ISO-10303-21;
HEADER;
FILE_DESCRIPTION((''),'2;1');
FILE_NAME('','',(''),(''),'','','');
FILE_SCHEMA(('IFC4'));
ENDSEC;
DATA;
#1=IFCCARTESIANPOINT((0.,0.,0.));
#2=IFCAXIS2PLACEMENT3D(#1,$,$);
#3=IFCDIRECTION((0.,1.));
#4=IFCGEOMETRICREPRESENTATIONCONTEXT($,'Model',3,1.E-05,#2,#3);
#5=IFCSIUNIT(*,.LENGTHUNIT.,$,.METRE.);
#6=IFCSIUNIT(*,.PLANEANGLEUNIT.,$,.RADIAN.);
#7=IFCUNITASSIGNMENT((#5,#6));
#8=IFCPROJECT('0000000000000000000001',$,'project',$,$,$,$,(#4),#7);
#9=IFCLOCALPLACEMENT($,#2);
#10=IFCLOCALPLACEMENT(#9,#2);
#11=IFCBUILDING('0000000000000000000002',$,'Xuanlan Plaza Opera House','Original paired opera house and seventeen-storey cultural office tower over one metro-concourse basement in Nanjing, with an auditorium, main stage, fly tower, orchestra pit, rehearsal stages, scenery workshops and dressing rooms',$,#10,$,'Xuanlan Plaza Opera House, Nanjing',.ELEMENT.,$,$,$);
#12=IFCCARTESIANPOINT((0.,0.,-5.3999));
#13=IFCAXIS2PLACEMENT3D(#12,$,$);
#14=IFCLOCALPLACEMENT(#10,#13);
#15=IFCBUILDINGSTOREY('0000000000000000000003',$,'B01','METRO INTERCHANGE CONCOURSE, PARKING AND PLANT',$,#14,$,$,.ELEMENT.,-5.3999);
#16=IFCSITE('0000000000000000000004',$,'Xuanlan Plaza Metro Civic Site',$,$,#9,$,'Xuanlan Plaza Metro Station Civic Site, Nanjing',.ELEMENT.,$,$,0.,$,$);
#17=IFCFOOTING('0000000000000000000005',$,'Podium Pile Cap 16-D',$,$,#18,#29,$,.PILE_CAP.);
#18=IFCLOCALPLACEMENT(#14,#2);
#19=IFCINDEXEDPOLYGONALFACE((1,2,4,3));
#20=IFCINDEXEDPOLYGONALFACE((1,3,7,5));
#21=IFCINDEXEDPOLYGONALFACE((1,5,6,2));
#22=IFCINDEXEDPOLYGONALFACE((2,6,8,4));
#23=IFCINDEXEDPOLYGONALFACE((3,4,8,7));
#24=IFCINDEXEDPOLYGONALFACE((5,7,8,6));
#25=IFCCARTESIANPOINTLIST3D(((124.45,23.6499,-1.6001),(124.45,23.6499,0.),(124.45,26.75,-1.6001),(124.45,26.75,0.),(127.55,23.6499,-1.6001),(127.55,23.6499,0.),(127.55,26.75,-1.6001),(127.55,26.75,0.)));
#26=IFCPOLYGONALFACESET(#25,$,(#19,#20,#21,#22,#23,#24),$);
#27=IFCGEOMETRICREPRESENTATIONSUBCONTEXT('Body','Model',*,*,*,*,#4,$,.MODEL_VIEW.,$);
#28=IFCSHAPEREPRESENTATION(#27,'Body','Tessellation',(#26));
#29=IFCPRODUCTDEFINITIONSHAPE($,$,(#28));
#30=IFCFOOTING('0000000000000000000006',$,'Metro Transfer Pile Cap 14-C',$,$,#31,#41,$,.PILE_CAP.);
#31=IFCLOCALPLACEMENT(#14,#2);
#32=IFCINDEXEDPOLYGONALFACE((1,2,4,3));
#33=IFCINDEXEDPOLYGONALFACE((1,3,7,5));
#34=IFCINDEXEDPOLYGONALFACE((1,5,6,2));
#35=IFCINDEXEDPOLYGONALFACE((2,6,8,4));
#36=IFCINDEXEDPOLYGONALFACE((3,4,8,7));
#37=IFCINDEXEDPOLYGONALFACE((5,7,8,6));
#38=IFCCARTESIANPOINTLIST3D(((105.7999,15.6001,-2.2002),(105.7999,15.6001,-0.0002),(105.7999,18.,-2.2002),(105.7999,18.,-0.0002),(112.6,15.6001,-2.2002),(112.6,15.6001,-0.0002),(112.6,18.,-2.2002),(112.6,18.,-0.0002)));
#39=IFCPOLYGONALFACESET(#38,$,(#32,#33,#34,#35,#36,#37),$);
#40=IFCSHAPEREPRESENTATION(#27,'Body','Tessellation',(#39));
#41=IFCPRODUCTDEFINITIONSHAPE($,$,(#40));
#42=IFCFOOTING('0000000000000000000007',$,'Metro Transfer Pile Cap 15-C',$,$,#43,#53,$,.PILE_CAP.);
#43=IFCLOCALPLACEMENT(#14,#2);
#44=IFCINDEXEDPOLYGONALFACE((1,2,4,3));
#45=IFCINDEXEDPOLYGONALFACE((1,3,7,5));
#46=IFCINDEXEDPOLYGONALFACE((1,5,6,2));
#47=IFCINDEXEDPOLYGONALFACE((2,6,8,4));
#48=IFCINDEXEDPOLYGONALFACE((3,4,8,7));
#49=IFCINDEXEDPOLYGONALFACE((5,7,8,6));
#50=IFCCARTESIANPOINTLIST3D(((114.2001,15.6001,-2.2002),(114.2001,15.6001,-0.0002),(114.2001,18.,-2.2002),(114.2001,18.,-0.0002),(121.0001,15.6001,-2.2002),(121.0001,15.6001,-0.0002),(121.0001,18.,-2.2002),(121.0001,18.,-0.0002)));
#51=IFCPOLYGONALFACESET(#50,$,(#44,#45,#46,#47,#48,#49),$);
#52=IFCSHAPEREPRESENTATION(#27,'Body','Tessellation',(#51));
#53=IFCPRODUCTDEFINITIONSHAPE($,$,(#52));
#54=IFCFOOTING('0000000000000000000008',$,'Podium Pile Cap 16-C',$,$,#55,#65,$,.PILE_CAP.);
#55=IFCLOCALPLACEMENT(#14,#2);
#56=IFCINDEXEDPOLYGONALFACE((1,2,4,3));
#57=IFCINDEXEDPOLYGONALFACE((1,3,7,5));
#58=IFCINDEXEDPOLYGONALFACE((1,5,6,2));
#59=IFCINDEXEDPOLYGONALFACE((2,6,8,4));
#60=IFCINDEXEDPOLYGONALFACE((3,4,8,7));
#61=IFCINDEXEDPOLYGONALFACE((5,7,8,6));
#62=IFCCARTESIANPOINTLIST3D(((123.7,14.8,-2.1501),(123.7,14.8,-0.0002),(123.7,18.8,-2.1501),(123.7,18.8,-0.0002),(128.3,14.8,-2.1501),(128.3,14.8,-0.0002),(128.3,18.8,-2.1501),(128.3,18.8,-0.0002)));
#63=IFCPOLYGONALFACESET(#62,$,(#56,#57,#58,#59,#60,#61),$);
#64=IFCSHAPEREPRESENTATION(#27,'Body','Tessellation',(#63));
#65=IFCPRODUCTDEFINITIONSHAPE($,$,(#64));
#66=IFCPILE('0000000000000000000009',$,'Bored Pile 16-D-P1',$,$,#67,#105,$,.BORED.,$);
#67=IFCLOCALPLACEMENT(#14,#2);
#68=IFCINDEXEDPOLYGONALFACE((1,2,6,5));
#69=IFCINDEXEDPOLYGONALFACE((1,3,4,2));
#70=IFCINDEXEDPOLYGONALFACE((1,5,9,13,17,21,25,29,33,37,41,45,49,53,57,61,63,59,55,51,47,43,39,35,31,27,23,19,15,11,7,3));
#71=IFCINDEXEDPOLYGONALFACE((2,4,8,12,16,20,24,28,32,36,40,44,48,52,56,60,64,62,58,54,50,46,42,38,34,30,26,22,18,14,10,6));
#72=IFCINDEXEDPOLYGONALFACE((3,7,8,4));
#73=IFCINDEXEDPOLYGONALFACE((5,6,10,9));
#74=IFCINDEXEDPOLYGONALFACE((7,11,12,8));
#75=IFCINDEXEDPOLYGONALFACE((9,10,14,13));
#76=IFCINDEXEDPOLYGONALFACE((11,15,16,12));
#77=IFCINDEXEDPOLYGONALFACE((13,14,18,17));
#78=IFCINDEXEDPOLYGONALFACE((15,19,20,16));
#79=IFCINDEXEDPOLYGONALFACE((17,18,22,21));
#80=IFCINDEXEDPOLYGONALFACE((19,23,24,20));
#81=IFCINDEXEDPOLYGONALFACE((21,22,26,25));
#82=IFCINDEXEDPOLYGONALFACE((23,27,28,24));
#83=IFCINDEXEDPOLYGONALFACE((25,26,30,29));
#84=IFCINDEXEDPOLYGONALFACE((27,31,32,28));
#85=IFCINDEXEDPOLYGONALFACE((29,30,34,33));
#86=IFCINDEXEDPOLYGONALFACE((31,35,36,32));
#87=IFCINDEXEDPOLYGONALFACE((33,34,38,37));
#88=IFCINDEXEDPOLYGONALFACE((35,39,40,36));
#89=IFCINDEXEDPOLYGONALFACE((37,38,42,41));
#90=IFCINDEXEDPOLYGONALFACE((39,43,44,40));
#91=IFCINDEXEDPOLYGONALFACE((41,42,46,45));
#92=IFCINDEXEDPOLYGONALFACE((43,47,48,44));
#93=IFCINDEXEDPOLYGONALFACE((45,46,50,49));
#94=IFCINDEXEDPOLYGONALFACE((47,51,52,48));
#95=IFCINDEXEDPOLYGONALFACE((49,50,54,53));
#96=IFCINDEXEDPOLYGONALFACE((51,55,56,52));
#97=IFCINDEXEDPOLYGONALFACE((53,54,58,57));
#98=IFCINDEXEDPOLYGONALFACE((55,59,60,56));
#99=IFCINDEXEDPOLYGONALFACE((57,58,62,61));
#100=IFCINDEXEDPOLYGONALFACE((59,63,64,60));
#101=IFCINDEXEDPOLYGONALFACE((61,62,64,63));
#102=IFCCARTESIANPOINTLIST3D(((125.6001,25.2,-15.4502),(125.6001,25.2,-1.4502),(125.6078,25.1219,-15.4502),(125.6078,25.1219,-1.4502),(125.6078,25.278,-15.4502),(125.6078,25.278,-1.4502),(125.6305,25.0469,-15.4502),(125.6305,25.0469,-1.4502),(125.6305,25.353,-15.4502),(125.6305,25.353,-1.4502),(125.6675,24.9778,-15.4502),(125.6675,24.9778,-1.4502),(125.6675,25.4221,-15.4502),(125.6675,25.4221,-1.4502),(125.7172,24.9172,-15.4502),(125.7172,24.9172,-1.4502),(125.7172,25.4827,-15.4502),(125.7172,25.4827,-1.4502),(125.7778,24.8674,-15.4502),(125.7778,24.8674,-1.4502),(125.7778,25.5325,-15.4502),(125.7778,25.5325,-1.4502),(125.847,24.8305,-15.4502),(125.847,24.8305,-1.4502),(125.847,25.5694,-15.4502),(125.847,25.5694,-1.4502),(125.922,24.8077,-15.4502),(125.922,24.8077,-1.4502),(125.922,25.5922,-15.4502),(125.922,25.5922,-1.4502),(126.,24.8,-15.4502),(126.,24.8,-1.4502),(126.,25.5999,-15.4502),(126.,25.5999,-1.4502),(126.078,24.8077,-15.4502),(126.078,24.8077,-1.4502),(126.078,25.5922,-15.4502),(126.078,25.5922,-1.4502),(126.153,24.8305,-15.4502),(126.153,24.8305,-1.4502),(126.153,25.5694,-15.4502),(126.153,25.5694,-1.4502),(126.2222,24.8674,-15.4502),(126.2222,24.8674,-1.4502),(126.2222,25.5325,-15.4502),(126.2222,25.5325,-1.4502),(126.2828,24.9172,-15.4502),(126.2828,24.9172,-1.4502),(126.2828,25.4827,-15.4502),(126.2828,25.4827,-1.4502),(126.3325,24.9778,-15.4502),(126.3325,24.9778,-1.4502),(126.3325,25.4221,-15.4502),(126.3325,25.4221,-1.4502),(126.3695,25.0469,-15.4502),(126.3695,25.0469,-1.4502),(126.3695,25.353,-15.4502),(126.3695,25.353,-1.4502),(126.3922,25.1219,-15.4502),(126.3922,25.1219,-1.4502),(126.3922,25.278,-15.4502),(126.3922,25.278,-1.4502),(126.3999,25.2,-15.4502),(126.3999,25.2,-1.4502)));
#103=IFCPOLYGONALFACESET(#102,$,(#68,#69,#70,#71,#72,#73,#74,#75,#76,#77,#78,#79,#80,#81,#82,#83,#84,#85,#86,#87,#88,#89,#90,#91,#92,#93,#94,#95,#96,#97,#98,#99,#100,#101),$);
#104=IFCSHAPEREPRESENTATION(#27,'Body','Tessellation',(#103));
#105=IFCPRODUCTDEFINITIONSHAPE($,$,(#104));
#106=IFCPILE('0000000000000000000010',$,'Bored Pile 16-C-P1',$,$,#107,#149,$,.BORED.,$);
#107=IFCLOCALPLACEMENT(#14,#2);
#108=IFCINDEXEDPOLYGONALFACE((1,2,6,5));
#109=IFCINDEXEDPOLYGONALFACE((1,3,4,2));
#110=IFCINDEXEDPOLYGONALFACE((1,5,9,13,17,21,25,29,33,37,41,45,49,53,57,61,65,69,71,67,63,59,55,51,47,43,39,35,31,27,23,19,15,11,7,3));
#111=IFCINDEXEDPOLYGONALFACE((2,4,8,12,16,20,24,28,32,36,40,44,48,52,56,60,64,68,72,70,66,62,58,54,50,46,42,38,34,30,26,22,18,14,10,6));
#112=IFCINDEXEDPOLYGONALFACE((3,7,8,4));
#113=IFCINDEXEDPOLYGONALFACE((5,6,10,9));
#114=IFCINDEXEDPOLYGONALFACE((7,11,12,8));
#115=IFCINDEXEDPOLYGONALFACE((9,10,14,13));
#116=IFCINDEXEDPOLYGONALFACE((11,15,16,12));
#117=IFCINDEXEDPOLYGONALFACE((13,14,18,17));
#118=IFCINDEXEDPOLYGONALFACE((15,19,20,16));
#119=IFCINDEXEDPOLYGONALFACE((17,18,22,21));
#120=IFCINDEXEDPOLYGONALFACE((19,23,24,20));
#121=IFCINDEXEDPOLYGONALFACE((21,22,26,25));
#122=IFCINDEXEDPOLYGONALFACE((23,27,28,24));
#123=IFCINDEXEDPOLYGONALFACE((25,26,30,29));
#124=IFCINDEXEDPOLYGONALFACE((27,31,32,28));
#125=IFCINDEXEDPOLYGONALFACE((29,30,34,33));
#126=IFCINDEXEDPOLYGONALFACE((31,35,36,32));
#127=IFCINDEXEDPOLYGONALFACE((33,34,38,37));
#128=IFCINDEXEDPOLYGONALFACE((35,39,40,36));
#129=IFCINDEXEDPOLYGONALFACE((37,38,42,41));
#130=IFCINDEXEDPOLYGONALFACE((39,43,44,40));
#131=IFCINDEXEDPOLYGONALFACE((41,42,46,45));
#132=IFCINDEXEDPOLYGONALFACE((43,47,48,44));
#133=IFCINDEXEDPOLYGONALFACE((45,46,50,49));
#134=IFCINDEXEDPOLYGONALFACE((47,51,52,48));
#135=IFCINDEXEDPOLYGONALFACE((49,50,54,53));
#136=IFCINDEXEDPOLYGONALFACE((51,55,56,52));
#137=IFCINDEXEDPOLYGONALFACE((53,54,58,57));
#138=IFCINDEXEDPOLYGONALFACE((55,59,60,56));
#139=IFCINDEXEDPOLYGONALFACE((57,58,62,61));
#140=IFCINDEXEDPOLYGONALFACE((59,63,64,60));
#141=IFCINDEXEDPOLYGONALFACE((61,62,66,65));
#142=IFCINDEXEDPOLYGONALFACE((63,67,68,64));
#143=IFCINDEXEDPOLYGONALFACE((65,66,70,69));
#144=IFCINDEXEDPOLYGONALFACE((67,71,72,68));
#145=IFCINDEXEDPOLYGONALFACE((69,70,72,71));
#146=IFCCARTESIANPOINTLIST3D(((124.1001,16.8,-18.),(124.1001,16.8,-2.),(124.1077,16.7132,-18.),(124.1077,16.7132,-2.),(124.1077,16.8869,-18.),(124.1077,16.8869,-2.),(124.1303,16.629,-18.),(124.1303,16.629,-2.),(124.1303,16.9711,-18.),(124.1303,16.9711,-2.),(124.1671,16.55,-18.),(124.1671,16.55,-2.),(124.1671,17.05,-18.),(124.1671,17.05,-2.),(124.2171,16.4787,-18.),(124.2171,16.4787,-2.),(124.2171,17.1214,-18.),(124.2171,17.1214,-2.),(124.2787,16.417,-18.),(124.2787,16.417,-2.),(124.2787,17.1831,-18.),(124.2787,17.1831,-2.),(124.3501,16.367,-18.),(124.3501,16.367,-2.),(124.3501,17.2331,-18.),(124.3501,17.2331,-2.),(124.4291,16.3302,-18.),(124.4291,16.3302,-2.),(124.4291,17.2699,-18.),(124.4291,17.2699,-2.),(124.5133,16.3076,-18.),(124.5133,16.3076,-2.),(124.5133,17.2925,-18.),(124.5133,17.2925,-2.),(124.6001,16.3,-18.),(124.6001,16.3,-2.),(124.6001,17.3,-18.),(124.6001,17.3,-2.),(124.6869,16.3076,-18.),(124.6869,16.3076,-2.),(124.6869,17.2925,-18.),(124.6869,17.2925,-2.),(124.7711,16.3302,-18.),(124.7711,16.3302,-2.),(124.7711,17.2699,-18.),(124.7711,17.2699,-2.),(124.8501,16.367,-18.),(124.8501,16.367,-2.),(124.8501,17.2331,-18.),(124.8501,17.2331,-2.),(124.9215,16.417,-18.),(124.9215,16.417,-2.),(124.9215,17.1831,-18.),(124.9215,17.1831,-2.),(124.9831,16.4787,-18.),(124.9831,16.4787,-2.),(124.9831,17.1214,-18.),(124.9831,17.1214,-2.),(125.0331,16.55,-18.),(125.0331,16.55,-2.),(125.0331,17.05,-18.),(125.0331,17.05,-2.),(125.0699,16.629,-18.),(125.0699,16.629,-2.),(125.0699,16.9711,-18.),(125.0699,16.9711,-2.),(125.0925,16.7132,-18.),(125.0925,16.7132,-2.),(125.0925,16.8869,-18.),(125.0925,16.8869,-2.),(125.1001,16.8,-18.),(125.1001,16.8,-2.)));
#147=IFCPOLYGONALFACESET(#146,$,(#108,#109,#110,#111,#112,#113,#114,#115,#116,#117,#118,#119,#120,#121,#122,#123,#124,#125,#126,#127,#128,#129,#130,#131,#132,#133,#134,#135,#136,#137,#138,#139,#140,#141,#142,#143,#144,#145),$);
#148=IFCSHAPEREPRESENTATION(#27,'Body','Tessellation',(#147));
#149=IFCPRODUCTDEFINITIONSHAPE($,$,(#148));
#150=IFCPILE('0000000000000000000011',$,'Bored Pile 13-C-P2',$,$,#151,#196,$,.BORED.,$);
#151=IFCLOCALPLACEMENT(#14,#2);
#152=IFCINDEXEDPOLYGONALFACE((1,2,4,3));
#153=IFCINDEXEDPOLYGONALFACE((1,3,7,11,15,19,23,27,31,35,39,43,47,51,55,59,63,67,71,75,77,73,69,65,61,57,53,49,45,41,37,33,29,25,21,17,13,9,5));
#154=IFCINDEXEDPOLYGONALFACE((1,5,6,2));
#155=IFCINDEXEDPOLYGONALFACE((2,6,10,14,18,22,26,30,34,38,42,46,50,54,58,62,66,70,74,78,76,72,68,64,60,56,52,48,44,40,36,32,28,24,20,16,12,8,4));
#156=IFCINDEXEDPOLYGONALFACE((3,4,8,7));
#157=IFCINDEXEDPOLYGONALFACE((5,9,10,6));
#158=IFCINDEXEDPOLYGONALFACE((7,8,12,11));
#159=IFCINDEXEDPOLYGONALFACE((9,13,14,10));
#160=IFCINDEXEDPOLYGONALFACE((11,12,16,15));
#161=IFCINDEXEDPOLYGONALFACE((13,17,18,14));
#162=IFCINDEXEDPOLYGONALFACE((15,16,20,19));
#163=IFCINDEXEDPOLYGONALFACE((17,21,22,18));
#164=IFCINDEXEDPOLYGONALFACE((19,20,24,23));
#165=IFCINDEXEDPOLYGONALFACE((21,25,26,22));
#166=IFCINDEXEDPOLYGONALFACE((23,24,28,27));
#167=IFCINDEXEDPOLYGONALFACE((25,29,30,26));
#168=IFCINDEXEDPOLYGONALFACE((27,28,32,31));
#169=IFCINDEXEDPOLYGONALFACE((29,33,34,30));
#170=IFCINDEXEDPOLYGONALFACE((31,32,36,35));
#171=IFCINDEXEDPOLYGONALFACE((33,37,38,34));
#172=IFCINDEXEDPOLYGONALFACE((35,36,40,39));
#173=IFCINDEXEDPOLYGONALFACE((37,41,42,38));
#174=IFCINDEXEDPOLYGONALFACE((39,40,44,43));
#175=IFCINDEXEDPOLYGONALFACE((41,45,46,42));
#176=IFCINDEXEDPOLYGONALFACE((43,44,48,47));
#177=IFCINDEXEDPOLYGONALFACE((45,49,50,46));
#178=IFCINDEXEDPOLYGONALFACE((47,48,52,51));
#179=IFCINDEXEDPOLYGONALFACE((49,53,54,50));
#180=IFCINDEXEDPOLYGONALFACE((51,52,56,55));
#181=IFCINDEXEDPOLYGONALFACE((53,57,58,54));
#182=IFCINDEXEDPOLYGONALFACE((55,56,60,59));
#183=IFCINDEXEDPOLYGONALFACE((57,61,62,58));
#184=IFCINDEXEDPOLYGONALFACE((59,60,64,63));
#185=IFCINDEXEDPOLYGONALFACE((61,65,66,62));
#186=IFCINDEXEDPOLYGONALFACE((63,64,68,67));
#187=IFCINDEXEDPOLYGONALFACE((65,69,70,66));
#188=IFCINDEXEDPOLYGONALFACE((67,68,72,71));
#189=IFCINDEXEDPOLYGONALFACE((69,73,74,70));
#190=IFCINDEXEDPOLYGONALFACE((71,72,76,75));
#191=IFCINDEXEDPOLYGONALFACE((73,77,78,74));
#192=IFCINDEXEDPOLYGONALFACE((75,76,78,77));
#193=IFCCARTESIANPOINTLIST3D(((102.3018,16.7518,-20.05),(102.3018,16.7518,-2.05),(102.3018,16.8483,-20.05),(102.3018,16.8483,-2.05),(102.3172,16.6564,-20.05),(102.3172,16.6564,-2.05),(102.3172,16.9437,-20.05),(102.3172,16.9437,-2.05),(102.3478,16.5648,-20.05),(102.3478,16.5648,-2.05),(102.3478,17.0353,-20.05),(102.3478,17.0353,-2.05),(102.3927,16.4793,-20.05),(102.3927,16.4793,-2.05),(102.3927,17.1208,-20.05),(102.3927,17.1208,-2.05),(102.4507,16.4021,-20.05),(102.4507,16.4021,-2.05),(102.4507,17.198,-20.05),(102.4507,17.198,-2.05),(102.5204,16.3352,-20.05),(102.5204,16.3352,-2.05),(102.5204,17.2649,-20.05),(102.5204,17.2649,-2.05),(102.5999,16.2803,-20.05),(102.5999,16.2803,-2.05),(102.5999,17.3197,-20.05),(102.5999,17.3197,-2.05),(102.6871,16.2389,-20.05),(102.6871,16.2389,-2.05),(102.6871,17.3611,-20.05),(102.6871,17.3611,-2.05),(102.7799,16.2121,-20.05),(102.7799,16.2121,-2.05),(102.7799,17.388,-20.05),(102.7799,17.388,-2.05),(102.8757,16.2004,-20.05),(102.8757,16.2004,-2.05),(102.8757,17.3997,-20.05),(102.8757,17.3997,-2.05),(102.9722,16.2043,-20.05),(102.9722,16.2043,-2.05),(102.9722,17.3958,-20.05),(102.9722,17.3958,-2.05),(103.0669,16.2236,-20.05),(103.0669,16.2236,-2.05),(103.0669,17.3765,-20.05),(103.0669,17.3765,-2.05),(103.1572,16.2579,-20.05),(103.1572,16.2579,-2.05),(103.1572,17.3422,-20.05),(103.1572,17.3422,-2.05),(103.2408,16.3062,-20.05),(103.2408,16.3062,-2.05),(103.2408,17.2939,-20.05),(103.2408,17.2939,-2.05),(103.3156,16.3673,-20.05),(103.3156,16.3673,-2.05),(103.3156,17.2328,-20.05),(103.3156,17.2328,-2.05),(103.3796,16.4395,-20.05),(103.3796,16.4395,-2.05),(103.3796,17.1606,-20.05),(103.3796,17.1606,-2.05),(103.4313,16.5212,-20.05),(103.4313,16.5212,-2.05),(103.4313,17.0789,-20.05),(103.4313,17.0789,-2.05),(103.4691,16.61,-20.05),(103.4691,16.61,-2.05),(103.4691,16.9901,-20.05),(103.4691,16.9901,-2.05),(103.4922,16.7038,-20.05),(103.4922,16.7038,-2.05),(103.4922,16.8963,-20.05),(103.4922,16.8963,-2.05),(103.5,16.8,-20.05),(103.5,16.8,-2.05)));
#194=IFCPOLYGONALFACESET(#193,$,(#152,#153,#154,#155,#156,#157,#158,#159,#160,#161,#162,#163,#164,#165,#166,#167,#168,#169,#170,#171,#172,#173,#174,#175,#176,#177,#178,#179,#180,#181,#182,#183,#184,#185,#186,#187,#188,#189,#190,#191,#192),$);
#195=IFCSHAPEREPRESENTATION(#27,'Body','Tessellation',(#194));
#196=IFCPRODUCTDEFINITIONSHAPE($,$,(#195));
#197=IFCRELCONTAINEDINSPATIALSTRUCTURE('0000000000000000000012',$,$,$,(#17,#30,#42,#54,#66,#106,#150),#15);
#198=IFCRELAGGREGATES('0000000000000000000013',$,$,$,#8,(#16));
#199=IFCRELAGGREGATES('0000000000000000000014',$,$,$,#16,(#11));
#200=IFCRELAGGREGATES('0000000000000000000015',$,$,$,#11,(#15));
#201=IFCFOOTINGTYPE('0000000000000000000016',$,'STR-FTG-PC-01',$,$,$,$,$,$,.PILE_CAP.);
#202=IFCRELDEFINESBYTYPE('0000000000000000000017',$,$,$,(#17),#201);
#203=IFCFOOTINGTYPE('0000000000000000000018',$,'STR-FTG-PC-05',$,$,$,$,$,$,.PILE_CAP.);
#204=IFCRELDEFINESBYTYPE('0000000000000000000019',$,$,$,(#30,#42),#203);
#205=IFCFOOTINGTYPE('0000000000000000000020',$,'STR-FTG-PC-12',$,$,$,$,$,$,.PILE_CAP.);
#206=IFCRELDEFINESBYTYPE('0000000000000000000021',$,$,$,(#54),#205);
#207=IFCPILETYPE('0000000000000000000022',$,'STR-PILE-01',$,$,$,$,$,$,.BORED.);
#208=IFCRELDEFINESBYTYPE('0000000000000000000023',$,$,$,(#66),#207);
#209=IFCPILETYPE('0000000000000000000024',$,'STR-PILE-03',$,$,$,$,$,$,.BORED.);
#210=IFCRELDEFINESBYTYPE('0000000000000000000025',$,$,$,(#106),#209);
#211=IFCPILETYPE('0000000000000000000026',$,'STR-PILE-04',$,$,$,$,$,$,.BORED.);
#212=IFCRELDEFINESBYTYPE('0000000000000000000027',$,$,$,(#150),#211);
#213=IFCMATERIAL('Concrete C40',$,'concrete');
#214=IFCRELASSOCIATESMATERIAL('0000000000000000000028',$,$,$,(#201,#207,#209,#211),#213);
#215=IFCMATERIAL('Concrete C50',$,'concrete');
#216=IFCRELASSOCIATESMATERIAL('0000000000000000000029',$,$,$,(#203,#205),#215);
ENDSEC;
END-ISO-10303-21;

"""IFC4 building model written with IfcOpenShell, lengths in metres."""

from ifc_helpers import new_model, si_unit, direction, frame, origin, origin_2d, place, context, subcontext, project, spatial, rectangle, circle, extrude, material, material_profile, profile_set, type_object, element, save


model = new_model("IFC4")

# Units and contexts
model_context = context("Model", 3, precision=1e-05, world=origin(), true_north=direction((0.0, 1.0)))
body_context = subcontext(model_context, "Body", "Model", "MODEL_VIEW")
ifc_project = project(units=[si_unit("LENGTHUNIT", "METRE"), si_unit("PLANEANGLEUNIT", "RADIAN")], contexts=[model_context])

# Site, building, storey
site_placement = place(None, origin())
site = spatial("IfcSite", under=ifc_project, at=site_placement, Name="Xuanlan Plaza Metro Civic Site", LongName="Xuanlan Plaza Metro Station Civic Site, Nanjing", CompositionType="ELEMENT", RefElevation=0.0)
building_placement = place(site_placement, origin())
building = spatial("IfcBuilding", under=site, at=building_placement, Name="Xuanlan Plaza Opera House", Description="Original paired opera house and seventeen-storey cultural office tower over one metro-concourse basement in Nanjing, with an auditorium, main stage, fly tower, orchestra pit, rehearsal stages, scenery workshops and dressing rooms", LongName="Xuanlan Plaza Opera House, Nanjing", CompositionType="ELEMENT")
storey_placement = place(building_placement, frame((0.0, 0.0, -5.3999)))
storey = spatial("IfcBuildingStorey", under=building, at=storey_placement, Name="B01", Description="METRO INTERCHANGE CONCOURSE, PARKING AND PLANT", CompositionType="ELEMENT", Elevation=-5.3999)

# Footings
ifc_material_1 = material(Name="Concrete C40", Category="concrete")
footing_type_1 = type_object("IfcFootingType", Name="STR-FTG-PC-01", PredefinedType="PILE_CAP", material=ifc_material_1)
footing_1_placement = place(storey_placement, frame((126.0, 25.2, -1.6001), z_axis=(0.0, 0.0, 1.0), x_axis=(1.0, 0.0, 0.0)))
element("IfcFooting", 1, at=footing_1_placement, inside=storey, type_object=footing_type_1, Name="Podium Pile Cap 16-D", PredefinedType="PILE_CAP", context=body_context, shape_type="SweptSolid", body=[
    extrude(rectangle(XDim=3.1001, YDim=3.1001, at=origin_2d()), origin(), (0.0, 0.0, 1.0), 1.6001),
])
ifc_material_2 = material(Name="Concrete C50", Category="concrete")
footing_type_2 = type_object("IfcFootingType", Name="STR-FTG-PC-05", PredefinedType="PILE_CAP", material=ifc_material_2)
for number, where, z_axis, x_axis, name in (
    (2, (109.2, 16.8, -2.2002), (0.0, 0.0, 1.0), (1.0, 0.0, 0.0), "Metro Transfer Pile Cap 14-C"),
    (3, (117.6001, 16.8, -2.2002), (0.0, 0.0, 1.0), (1.0, 0.0, 0.0), "Metro Transfer Pile Cap 15-C"),
):
    element("IfcFooting", number, at=place(storey_placement, frame(where, z_axis=z_axis, x_axis=x_axis)), inside=storey, type_object=footing_type_2, Name=name, PredefinedType="PILE_CAP", context=body_context, shape_type="SweptSolid", body=[
        extrude(rectangle(XDim=6.8, YDim=2.3999, at=origin_2d()), origin(), (0.0, 0.0, 1.0), 2.2),
    ])
footing_type_3 = type_object("IfcFootingType", Name="STR-FTG-PC-12", PredefinedType="PILE_CAP", material=ifc_material_2)
footing_2_placement = place(storey_placement, frame((126.0, 16.8, -2.1501), z_axis=(0.0, 0.0, 1.0), x_axis=(1.0, 0.0, 0.0)))
element("IfcFooting", 4, at=footing_2_placement, inside=storey, type_object=footing_type_3, Name="Podium Pile Cap 16-C", PredefinedType="PILE_CAP", context=body_context, shape_type="SweptSolid", body=[
    extrude(rectangle(XDim=4.6001, YDim=4.0, at=origin_2d()), origin(), (0.0, 0.0, 1.0), 2.1499),
])

# Piles
ifc_material_profile_1 = material_profile(ifc_material_1, circle(Radius=0.3999, at=origin_2d()), Name="PILE D800")
ifc_profile_set_1 = profile_set([ifc_material_profile_1], Name="Concrete C40")
pile_type_1 = type_object("IfcPileType", Name="STR-PILE-01", PredefinedType="BORED", material=ifc_profile_set_1)
pile_1_placement = place(storey_placement, frame((126.0, 25.2, -1.4502), z_axis=(0.0, 0.0, -1.0), x_axis=(1.0, 0.0, 0.0)))
element("IfcPile", 5, at=pile_1_placement, inside=storey, type_object=pile_type_1, Name="Bored Pile 16-D-P1", PredefinedType="BORED", context=body_context, shape_type="SweptSolid", body=[
    extrude(circle(Radius=0.3999, at=origin_2d()), origin(), (0.0, 0.0, 1.0), 14.0),
])
ifc_material_profile_2 = material_profile(ifc_material_1, circle(Radius=0.5, at=origin_2d()), Name="PILE D1000")
ifc_profile_set_2 = profile_set([ifc_material_profile_2], Name="Concrete C40")
pile_type_2 = type_object("IfcPileType", Name="STR-PILE-03", PredefinedType="BORED", material=ifc_profile_set_2)
pile_2_placement = place(storey_placement, frame((124.6001, 16.8, -2.0), z_axis=(0.0, 0.0, -1.0), x_axis=(1.0, 0.0, 0.0)))
element("IfcPile", 6, at=pile_2_placement, inside=storey, type_object=pile_type_2, Name="Bored Pile 16-C-P1", PredefinedType="BORED", context=body_context, shape_type="SweptSolid", body=[
    extrude(circle(Radius=0.5, at=origin_2d()), origin(), (0.0, 0.0, 1.0), 16.0),
])
ifc_material_profile_3 = material_profile(ifc_material_1, circle(Radius=0.6001, at=origin_2d()), Name="PILE D1200")
ifc_profile_set_3 = profile_set([ifc_material_profile_3], Name="Concrete C40")
pile_type_3 = type_object("IfcPileType", Name="STR-PILE-04", PredefinedType="BORED", material=ifc_profile_set_3)
for number, where, z_axis, x_axis, name in (
    (7, (102.8999, 16.8, -2.05), (0.0, 0.0, -1.0), (1.0, 0.0, 0.0), "Bored Pile 13-C-P2"),
):
    element("IfcPile", number, at=place(storey_placement, frame(where, z_axis=z_axis, x_axis=x_axis)), inside=storey, type_object=pile_type_3, Name=name, PredefinedType="BORED", context=body_context, shape_type="SweptSolid", body=[
        extrude(circle(Radius=0.6001, at=origin_2d()), origin(), (0.0, 0.0, 1.0), 18.0),
    ])

save(model, "model.ifc")
